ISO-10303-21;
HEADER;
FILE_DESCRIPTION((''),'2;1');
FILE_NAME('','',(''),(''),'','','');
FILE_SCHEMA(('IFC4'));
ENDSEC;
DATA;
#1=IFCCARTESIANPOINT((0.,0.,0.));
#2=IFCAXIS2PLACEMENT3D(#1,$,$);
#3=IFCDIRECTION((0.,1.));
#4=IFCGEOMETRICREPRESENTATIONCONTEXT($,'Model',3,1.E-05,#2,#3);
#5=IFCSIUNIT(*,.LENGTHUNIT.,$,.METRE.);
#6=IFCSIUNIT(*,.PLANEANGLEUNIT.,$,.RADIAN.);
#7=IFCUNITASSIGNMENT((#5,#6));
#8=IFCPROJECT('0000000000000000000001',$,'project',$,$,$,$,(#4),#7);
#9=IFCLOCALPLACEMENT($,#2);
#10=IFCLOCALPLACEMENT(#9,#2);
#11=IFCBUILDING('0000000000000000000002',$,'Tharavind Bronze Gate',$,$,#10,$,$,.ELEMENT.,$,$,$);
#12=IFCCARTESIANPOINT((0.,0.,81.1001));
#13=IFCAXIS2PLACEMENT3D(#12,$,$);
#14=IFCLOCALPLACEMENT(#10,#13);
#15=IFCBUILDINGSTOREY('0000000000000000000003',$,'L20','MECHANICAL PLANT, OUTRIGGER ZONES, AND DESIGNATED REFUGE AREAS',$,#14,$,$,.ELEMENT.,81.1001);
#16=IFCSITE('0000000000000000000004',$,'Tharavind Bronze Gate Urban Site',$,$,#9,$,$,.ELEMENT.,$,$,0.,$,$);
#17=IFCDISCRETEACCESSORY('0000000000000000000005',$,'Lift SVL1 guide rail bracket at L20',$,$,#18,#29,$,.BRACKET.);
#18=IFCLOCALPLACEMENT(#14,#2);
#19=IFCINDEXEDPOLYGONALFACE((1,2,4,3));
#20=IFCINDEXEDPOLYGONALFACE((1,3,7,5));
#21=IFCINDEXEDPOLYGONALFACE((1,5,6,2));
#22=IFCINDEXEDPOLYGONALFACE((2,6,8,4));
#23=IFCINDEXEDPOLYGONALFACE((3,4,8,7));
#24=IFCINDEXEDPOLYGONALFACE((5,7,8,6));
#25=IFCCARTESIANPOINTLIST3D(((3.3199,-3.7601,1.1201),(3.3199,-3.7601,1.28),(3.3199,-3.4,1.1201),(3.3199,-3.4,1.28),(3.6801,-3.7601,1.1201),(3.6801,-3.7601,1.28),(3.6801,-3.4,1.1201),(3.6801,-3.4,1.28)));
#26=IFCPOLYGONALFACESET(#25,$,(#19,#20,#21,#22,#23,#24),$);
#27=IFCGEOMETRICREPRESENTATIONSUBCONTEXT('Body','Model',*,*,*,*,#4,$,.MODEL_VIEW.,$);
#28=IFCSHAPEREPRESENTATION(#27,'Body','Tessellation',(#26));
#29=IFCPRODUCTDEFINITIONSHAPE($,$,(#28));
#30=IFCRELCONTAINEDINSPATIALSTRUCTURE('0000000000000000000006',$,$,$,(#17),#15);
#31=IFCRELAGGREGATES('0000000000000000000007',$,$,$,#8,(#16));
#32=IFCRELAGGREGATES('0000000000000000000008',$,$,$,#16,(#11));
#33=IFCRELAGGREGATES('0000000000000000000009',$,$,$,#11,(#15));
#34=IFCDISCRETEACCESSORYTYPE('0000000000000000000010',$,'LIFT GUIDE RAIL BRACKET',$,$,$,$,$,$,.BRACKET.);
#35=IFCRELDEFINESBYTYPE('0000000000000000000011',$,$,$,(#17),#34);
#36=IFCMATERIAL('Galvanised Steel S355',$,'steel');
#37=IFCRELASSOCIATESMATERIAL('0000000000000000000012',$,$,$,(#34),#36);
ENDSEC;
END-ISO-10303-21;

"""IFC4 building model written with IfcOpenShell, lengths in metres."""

from ifc_helpers import new_model, si_unit, direction, frame, origin, origin_2d, place, context, subcontext, project, spatial, rectangle, extrude, material, type_object, element, save


model = new_model("IFC4")

# Units and contexts
model_context = context("Model", 3, precision=1e-05, world=origin(), true_north=direction((0.0, 1.0)))
body_context = subcontext(model_context, "Body", "Model", "MODEL_VIEW")
ifc_project = project(units=[si_unit("LENGTHUNIT", "METRE"), si_unit("PLANEANGLEUNIT", "RADIAN")], contexts=[model_context])

# Site, building, storey
site_placement = place(None, origin())
site = spatial("IfcSite", under=ifc_project, at=site_placement, Name="Tharavind Bronze Gate Urban Site", CompositionType="ELEMENT", RefElevation=0.0)
building_placement = place(site_placement, origin())
building = spatial("IfcBuilding", under=site, at=building_placement, Name="Tharavind Bronze Gate", CompositionType="ELEMENT")
storey_placement = place(building_placement, frame((0.0, 0.0, 81.1001)))
storey = spatial("IfcBuildingStorey", under=building, at=storey_placement, Name="L20", Description="MECHANICAL PLANT, OUTRIGGER ZONES, AND DESIGNATED REFUGE AREAS", CompositionType="ELEMENT", Elevation=81.1001)

# Discrete accessory
ifc_material_1 = material(Name="Galvanised Steel S355", Category="steel")
discrete_accessory_type = type_object("IfcDiscreteAccessoryType", Name="LIFT GUIDE RAIL BRACKET", PredefinedType="BRACKET", material=ifc_material_1)
discrete_accessory_placement = place(storey_placement, frame((3.5, -3.5801, 1.1201), z_axis=(0.0, 0.0, 1.0), x_axis=(1.0, 0.0, 0.0)))
element("IfcDiscreteAccessory", 1, at=discrete_accessory_placement, inside=storey, type_object=discrete_accessory_type, Name="Lift SVL1 guide rail bracket at L20", PredefinedType="BRACKET", context=body_context, shape_type="SweptSolid", body=[
    extrude(rectangle(XDim=0.3601, YDim=0.3601, at=origin_2d()), origin(), (0.0, 0.0, 1.0), 0.1599),
])

save(model, "model.ifc")
